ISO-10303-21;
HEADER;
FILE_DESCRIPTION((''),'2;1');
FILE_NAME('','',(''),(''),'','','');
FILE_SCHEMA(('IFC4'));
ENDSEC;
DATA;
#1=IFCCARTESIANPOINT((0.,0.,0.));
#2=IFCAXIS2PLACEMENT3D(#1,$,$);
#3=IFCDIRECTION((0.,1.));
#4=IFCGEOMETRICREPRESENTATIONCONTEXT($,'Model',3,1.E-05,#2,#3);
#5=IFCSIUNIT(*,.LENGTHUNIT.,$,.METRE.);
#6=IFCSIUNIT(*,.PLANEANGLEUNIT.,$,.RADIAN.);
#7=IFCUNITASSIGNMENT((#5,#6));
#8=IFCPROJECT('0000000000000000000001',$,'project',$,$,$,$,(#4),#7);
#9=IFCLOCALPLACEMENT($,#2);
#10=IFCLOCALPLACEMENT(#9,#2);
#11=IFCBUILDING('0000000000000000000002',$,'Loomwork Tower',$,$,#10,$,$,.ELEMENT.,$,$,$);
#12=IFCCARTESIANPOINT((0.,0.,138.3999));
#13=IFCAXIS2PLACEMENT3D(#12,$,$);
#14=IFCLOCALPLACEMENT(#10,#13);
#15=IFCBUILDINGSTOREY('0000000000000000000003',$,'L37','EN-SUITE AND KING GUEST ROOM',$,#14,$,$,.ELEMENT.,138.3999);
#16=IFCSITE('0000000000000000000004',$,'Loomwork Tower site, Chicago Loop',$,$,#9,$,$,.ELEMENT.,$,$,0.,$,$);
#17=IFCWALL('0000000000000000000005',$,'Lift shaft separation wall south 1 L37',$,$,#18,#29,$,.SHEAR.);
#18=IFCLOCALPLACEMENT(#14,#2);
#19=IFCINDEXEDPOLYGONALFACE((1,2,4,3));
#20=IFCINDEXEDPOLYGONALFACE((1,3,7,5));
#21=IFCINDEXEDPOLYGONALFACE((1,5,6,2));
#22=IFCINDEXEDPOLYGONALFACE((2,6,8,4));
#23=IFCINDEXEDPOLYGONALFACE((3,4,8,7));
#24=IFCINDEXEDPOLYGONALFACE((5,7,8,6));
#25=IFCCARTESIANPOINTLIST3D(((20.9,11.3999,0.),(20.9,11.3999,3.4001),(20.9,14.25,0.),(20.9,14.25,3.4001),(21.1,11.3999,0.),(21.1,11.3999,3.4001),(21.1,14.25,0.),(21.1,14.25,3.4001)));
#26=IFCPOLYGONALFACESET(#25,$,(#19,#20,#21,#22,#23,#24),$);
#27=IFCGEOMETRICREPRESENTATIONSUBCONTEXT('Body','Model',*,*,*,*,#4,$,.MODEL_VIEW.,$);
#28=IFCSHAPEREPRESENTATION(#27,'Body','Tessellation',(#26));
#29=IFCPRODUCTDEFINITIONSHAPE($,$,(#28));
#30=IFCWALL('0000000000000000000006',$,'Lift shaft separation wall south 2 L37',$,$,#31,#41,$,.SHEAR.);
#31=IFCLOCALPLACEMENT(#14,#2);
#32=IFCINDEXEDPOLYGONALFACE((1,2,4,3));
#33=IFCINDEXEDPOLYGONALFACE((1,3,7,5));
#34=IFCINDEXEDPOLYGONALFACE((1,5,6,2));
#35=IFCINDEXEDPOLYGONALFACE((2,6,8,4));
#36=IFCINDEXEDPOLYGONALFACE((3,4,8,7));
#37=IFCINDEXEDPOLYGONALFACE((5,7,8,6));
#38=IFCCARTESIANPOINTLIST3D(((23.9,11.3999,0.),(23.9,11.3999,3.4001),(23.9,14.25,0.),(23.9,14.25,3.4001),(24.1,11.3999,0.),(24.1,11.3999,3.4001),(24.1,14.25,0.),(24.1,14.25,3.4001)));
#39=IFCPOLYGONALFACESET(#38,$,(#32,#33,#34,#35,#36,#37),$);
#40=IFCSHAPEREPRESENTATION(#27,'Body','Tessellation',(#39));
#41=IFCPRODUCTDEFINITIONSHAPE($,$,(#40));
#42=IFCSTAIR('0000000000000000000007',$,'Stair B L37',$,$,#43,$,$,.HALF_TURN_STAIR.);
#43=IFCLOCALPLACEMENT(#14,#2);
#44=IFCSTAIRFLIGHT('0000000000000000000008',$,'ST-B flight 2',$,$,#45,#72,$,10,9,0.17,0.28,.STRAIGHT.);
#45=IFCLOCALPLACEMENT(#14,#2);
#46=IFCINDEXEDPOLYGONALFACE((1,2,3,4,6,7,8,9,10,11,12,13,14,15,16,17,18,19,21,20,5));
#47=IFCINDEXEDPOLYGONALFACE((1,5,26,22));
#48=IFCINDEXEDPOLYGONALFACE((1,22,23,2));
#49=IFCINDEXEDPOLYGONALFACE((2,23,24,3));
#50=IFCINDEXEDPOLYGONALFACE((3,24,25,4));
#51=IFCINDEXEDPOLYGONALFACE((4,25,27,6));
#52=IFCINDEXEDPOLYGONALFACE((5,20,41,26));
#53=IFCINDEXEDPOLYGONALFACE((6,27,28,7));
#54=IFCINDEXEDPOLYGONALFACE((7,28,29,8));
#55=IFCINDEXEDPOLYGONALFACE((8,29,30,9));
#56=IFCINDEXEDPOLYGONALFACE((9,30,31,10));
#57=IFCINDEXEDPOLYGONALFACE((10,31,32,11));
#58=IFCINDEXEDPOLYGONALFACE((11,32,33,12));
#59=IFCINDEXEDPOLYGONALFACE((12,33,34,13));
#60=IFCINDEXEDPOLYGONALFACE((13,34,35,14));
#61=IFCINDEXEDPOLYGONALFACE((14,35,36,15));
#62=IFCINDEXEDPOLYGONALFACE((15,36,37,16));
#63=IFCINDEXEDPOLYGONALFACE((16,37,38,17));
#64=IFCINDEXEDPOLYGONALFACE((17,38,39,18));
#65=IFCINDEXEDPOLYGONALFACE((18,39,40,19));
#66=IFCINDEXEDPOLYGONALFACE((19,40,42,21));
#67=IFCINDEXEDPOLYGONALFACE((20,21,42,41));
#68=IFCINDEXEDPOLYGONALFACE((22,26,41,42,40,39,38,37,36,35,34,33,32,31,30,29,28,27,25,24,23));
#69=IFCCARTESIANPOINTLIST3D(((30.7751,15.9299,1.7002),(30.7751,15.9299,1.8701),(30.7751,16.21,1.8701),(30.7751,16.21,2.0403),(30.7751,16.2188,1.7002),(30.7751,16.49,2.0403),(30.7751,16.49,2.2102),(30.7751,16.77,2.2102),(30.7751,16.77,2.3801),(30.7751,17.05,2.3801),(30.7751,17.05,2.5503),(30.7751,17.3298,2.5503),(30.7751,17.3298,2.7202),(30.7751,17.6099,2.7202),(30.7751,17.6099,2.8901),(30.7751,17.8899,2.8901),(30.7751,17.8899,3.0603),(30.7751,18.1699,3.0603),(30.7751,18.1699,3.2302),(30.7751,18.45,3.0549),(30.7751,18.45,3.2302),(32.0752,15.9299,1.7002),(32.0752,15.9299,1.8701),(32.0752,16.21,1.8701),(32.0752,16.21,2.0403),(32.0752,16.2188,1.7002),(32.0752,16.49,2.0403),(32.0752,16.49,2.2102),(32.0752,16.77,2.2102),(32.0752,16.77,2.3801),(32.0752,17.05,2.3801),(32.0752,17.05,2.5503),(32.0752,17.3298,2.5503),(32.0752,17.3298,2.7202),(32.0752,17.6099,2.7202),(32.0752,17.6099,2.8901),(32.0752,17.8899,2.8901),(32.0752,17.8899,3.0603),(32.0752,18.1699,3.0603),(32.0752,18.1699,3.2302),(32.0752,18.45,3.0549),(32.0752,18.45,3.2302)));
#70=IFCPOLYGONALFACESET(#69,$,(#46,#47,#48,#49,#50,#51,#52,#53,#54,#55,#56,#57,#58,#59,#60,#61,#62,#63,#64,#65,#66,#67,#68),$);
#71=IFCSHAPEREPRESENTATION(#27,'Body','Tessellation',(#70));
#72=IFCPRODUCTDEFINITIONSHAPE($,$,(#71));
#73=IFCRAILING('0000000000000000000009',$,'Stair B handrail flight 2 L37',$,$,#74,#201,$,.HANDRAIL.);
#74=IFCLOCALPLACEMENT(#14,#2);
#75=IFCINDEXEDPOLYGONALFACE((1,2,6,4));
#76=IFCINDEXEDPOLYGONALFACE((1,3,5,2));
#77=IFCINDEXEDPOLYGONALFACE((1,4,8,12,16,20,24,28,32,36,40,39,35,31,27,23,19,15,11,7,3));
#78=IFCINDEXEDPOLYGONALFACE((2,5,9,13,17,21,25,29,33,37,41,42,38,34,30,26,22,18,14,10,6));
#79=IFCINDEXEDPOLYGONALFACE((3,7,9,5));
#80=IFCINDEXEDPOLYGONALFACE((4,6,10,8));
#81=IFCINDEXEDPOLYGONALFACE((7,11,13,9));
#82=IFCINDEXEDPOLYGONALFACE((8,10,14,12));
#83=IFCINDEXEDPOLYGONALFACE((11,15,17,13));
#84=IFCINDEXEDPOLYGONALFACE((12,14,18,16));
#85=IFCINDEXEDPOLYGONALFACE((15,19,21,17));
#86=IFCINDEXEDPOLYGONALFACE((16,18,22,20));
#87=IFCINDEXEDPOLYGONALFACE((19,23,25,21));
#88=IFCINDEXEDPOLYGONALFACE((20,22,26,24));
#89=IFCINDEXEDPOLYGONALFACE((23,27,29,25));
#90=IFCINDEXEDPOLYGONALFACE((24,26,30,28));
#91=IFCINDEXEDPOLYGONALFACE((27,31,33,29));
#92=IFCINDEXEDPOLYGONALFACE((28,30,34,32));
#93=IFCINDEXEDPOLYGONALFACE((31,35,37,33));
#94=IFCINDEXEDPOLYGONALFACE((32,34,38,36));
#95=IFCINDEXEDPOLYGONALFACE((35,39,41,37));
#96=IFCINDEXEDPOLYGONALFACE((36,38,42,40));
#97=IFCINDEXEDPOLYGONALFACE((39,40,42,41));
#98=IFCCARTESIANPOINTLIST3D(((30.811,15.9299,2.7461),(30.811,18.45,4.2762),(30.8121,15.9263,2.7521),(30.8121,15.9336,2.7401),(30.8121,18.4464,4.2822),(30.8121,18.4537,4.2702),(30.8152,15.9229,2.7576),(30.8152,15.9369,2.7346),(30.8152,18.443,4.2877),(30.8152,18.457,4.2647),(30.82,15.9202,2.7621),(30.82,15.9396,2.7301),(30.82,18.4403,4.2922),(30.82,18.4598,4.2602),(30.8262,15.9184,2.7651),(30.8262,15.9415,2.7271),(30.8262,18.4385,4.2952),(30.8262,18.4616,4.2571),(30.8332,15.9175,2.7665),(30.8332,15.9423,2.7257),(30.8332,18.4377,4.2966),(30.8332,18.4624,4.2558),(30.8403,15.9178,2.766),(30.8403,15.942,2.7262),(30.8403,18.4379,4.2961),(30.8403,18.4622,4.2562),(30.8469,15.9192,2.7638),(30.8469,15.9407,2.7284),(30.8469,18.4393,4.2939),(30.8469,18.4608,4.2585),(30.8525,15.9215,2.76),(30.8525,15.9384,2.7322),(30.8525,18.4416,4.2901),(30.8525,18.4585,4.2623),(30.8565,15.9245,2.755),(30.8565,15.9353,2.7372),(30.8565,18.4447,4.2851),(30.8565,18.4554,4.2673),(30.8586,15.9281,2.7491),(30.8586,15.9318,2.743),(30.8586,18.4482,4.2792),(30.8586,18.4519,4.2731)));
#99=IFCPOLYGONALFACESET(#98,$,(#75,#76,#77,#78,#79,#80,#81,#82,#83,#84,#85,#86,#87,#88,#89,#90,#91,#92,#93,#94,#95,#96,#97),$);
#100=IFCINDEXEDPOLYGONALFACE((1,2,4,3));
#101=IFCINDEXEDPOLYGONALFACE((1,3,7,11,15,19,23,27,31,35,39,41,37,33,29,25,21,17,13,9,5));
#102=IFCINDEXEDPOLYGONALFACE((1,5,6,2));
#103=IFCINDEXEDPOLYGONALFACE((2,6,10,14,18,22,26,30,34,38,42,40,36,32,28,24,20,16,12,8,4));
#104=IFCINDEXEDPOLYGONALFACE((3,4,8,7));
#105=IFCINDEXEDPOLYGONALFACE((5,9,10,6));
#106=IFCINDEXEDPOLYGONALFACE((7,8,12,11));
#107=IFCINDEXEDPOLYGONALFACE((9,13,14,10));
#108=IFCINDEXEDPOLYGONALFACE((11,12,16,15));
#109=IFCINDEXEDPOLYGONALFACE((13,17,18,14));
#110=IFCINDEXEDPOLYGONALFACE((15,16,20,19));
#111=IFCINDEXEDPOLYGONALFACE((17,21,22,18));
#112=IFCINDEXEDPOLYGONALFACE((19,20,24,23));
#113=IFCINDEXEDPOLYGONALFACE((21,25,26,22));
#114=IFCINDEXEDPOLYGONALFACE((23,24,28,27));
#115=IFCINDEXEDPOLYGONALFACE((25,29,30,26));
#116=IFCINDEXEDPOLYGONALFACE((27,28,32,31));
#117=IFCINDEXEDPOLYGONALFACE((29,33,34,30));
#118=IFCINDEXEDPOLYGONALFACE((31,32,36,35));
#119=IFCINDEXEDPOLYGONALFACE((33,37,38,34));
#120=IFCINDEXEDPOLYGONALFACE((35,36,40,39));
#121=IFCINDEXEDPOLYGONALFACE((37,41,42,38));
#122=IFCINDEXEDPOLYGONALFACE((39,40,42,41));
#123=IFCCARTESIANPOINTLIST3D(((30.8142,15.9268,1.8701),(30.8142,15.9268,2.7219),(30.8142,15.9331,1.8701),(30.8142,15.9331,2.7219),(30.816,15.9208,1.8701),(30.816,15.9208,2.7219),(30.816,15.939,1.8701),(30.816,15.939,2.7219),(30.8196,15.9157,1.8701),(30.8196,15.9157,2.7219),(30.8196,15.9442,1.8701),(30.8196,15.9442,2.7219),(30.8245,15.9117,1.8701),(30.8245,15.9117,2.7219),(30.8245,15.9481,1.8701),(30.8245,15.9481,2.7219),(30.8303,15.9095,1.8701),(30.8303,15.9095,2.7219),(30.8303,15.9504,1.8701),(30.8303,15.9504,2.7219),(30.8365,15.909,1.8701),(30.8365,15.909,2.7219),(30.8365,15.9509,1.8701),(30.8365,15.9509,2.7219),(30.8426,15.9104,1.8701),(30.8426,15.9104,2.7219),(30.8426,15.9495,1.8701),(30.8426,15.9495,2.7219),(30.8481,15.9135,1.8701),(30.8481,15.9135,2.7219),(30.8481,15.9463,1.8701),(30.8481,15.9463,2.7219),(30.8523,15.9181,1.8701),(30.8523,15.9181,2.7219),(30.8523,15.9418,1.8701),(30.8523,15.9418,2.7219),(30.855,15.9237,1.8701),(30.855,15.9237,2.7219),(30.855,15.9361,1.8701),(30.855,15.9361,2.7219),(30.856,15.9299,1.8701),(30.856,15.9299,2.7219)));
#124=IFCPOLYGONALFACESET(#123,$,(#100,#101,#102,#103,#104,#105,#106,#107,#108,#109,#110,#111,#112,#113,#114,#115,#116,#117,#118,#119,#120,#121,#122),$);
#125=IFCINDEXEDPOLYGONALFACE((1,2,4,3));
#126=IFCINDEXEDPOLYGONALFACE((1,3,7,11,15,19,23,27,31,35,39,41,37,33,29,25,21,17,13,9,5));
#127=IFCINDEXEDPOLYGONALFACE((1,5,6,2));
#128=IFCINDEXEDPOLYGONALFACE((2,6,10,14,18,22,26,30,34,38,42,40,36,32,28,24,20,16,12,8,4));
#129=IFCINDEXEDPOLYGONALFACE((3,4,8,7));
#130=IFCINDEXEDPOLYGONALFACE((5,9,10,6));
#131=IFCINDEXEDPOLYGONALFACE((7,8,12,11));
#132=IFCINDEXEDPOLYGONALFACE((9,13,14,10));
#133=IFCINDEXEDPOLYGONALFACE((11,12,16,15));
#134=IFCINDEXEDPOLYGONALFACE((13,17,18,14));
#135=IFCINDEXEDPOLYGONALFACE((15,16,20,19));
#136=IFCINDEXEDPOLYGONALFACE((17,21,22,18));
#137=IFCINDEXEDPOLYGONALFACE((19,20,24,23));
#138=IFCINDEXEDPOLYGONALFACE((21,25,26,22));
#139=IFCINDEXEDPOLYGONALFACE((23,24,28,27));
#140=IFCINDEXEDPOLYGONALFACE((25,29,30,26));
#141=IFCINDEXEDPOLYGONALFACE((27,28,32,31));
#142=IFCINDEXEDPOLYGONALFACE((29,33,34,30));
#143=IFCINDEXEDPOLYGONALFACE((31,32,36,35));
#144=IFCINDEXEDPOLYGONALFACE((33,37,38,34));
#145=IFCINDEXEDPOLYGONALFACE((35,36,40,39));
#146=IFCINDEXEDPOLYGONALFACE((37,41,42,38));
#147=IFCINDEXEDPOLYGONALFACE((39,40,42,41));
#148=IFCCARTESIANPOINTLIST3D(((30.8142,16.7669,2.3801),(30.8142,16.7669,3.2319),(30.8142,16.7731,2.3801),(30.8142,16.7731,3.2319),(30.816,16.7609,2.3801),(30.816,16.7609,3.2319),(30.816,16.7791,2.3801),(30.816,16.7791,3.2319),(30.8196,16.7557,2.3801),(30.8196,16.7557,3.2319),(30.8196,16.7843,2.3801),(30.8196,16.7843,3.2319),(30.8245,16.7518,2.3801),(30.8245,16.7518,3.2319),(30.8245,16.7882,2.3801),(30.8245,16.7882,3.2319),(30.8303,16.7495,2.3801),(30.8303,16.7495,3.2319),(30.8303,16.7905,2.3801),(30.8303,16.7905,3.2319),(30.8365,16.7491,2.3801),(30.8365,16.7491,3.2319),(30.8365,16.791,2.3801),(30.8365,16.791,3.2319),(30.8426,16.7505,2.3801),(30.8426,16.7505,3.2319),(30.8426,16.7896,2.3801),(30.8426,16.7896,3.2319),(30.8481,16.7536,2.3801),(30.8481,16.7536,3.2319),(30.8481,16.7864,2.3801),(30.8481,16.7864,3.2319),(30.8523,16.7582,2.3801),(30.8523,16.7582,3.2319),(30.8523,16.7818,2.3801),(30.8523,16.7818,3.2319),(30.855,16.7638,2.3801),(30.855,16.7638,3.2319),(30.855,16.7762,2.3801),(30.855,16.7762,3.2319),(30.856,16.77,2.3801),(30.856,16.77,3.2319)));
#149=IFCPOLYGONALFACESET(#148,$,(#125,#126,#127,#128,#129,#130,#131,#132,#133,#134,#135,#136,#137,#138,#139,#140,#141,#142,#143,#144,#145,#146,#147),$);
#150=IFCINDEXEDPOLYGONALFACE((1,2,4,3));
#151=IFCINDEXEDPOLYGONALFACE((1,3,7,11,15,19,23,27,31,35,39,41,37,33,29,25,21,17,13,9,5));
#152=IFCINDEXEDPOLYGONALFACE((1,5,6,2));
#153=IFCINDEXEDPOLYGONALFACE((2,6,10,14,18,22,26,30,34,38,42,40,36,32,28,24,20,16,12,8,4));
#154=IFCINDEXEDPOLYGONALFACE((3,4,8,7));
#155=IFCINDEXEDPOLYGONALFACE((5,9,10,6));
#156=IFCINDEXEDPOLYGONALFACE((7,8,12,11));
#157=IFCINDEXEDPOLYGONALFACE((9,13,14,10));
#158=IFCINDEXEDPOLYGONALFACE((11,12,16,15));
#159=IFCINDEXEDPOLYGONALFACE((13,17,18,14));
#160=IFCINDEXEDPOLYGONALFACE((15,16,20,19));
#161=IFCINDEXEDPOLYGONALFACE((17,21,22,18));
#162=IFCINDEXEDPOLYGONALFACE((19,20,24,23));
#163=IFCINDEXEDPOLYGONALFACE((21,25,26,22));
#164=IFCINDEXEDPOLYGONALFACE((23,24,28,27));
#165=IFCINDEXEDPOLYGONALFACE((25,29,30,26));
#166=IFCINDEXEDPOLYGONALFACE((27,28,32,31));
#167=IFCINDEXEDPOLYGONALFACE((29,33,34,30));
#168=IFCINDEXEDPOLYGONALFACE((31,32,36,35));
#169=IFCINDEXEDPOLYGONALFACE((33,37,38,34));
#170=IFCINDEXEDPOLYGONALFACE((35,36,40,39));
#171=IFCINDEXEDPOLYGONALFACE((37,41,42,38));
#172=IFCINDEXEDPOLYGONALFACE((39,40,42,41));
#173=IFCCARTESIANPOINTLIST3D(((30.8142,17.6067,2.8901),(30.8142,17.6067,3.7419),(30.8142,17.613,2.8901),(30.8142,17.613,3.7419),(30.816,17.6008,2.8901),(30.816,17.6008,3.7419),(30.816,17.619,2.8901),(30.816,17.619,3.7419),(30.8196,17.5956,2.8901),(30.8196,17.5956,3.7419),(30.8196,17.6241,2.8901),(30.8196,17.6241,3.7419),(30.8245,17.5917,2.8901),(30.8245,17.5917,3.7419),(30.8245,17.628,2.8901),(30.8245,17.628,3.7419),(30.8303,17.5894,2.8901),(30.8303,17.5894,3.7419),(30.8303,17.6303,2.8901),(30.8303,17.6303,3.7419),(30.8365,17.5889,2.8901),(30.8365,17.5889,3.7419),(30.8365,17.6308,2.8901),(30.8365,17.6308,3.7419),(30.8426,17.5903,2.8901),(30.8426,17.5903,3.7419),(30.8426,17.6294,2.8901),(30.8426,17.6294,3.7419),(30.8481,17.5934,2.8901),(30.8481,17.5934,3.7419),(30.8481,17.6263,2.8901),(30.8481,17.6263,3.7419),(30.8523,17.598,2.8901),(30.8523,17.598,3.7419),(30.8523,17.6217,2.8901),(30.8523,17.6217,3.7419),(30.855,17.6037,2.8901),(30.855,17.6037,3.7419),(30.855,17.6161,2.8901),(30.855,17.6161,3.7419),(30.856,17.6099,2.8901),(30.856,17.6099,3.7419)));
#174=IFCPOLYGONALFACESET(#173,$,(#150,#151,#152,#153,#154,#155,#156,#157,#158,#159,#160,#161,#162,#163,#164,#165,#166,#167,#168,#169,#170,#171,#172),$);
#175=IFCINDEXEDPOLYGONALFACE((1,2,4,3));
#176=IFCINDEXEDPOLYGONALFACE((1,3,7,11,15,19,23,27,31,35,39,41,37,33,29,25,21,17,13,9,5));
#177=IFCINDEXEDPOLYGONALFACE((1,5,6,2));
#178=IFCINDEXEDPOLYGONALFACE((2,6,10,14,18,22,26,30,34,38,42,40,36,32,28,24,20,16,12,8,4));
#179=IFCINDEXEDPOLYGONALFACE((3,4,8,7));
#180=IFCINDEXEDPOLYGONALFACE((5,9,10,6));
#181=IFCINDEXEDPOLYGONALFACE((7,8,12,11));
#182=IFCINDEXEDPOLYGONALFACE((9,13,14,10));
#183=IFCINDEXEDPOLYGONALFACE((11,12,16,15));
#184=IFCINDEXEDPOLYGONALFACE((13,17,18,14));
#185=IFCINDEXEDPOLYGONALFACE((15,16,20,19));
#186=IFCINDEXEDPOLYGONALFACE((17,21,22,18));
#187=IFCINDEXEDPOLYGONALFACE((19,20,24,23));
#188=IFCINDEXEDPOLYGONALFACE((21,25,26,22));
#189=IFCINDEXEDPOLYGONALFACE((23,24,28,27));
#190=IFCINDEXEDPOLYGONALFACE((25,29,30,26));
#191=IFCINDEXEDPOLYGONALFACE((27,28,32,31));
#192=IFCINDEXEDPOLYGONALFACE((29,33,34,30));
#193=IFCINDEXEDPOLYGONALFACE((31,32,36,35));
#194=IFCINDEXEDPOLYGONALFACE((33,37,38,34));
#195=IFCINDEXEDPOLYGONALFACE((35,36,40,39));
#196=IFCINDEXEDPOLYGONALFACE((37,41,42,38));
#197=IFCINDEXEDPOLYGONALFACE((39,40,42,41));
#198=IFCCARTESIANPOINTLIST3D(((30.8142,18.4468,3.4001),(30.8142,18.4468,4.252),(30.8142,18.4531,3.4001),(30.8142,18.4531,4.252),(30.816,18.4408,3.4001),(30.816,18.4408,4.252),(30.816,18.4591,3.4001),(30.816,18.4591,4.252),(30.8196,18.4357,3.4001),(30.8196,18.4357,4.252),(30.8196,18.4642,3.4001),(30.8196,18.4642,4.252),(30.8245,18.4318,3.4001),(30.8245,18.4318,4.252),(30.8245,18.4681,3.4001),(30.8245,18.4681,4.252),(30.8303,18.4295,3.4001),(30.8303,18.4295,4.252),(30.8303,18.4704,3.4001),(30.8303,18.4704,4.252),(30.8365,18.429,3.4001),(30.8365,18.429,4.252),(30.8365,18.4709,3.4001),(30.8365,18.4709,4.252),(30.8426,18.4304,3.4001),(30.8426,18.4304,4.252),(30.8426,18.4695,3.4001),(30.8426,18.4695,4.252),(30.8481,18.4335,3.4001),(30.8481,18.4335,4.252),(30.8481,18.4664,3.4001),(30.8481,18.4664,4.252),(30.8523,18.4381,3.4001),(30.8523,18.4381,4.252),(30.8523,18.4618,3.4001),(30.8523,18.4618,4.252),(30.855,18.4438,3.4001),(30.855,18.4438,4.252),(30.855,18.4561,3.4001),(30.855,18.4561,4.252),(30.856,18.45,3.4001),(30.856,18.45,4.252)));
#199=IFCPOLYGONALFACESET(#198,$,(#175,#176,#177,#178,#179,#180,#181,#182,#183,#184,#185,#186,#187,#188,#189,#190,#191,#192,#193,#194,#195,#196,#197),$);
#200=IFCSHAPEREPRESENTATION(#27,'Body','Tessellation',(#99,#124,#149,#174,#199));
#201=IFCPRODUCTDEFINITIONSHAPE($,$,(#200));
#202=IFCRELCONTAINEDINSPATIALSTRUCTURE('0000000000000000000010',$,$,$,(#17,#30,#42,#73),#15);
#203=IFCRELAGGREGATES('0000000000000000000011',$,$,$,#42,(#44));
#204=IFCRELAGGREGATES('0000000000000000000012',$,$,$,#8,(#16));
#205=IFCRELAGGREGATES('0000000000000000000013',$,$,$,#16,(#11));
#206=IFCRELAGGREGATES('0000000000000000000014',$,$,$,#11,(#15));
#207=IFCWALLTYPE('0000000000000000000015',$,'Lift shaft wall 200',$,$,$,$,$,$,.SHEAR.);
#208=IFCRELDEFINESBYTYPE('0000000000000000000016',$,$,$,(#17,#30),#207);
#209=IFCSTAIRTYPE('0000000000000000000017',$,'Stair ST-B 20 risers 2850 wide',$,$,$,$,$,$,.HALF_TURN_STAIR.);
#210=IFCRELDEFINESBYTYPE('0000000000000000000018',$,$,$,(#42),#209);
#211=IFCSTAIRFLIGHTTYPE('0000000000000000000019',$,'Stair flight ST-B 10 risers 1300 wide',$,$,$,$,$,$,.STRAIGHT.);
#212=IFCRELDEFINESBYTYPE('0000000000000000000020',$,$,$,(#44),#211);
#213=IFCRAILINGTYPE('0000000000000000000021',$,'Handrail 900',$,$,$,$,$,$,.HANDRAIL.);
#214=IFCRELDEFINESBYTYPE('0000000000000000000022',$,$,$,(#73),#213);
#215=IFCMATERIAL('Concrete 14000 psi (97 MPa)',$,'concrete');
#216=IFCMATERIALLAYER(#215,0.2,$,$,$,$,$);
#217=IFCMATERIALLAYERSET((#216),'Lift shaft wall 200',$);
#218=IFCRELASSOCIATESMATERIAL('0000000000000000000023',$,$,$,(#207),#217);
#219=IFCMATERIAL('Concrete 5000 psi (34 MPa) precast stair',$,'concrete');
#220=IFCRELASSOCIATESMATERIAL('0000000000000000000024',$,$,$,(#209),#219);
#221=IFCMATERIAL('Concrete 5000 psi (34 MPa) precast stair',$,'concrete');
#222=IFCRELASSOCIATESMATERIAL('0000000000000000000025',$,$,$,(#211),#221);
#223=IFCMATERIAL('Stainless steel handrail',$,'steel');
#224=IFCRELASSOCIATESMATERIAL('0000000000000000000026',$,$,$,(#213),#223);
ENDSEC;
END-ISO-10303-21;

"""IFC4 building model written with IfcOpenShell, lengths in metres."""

from ifc_helpers import new_model, si_unit, direction, frame, frame_2d, origin, origin_2d, place, context, subcontext, project, spatial, polyline, rectangle, circle, outline, extrude, material, layer, layer_set, type_object, element, aggregate, save


model = new_model("IFC4")

# Units and contexts
model_context = context("Model", 3, precision=1e-05, world=origin(), true_north=direction((0.0, 1.0)))
body_context = subcontext(model_context, "Body", "Model", "MODEL_VIEW")
ifc_project = project(units=[si_unit("LENGTHUNIT", "METRE"), si_unit("PLANEANGLEUNIT", "RADIAN")], contexts=[model_context])

# Site, building, storey
site_placement = place(None, origin())
site = spatial("IfcSite", under=ifc_project, at=site_placement, Name="Loomwork Tower site, Chicago Loop", CompositionType="ELEMENT", RefElevation=0.0)
building_placement = place(site_placement, origin())
building = spatial("IfcBuilding", under=site, at=building_placement, Name="Loomwork Tower", CompositionType="ELEMENT")
storey_placement = place(building_placement, frame((0.0, 0.0, 138.3999)))
storey = spatial("IfcBuildingStorey", under=building, at=storey_placement, Name="L37", Description="EN-SUITE AND KING GUEST ROOM", CompositionType="ELEMENT", Elevation=138.3999)

# Walls
ifc_material_1 = material(Name="Concrete 14000 psi (97 MPa)", Category="concrete")
ifc_layer_1 = layer(ifc_material_1, 0.2)
ifc_layer_set_1 = layer_set([ifc_layer_1], Name="Lift shaft wall 200")
wall_type_1 = type_object("IfcWallType", Name="Lift shaft wall 200", PredefinedType="SHEAR", material=ifc_layer_set_1)
for number, where, z_axis, x_axis, name in (
    (1, (21.0, 11.3999, 0.0), (0.0, 0.0, 1.0), (0.0, 1.0, 0.0), "Lift shaft separation wall south 1 L37"),
    (2, (24.0, 11.3999, 0.0), (0.0, 0.0, 1.0), (0.0, 1.0, 0.0), "Lift shaft separation wall south 2 L37"),
):
    element("IfcWall", number, at=place(storey_placement, frame(where, z_axis=z_axis, x_axis=x_axis)), inside=storey, type_object=wall_type_1, Name=name, PredefinedType="SHEAR", context=body_context, shape_type="SweptSolid", body=[
        extrude(rectangle(XDim=2.8501, YDim=0.2, at=frame_2d((1.425, 0.0))), origin(), (0.0, 0.0, 1.0), 3.4001),
    ])

# Stair, stair flight
ifc_material_2 = material(Name="Concrete 5000 psi (34 MPa) precast stair", Category="concrete")
stair_type = type_object("IfcStairType", Name="Stair ST-B 20 risers 2850 wide", PredefinedType="HALF_TURN_STAIR", material=ifc_material_2)
stair_placement = place(storey_placement, origin())
stair = element("IfcStair", 3, at=stair_placement, inside=storey, type_object=stair_type, Name="Stair B L37", PredefinedType="HALF_TURN_STAIR")
ifc_material_3 = material(Name="Concrete 5000 psi (34 MPa) precast stair", Category="concrete")
stair_flight_type = type_object("IfcStairFlightType", Name="Stair flight ST-B 10 risers 1300 wide", PredefinedType="STRAIGHT", material=ifc_material_3)
stair_flight_placement = place(storey_placement, frame((31.425, 15.9299, 1.7002), z_axis=(0.0, 0.0, 1.0), x_axis=(0.0, 1.0, 0.0)))
stair_flight = element("IfcStairFlight", 4, at=stair_flight_placement, type_object=stair_flight_type, Name="ST-B flight 2", NumberOfRisers=10, NumberOfTreads=9, PredefinedType="STRAIGHT", RiserHeight=0.17, TreadLength=0.28, context=body_context, shape_type="SweptSolid", body=[
    extrude(outline(polyline([(0.0, 0.0), (0.0, 0.1699), (0.28, 0.1699), (0.28, 0.3401), (0.5601, 0.3401), (0.5601, 0.51), (0.8401, 0.51), (0.8401, 0.6799), (1.1201, 0.6799), (1.1201, 0.8501), (1.3999, 0.8501), (1.3999, 1.02), (1.6799, 1.02), (1.6799, 1.1899), (1.96, 1.1899), (1.96, 1.3601), (2.24, 1.3601), (2.24, 1.53), (2.52, 1.53), (2.52, 1.7), (2.52, 1.3547), (0.2888, 0.0), (0.0, 0.0)])), frame((0.0, 0.6499, 0.0), z_axis=(0.0, -1.0, 0.0), x_axis=(1.0, 0.0, 0.0)), (0.0, 0.0, 1.0), 1.3),
])
aggregate(stair, [stair_flight])

# Railing
ifc_material_4 = material(Name="Stainless steel handrail", Category="steel")
railing_type = type_object("IfcRailingType", Name="Handrail 900", PredefinedType="HANDRAIL", material=ifc_material_4)
railing_placement = place(storey_placement, frame((30.835, 15.9299, 1.8701)))
element("IfcRailing", 5, at=railing_placement, inside=storey, type_object=railing_type, Name="Stair B handrail flight 2 L37", PredefinedType="HANDRAIL", context=body_context, shape_type="SweptSolid", body=[
    extrude(circle(Radius=0.0239, at=origin_2d()), frame((0.0, 0.0, 0.876), z_axis=(0.0, 0.854785, 0.518982), x_axis=(-1.0, 0.0, 0.0)), (0.0, 0.0, 1.0), 2.9482),
    extrude(circle(Radius=0.021, at=origin_2d()), origin(), (0.0, 0.0, 1.0), 0.8518),
    extrude(circle(Radius=0.021, at=origin_2d()), frame((0.0, 0.8401, 0.51)), (0.0, 0.0, 1.0), 0.8518),
    extrude(circle(Radius=0.021, at=origin_2d()), frame((0.0, 1.6799, 1.02)), (0.0, 0.0, 1.0), 0.8518),
    extrude(circle(Radius=0.021, at=origin_2d()), frame((0.0, 2.52, 1.53)), (0.0, 0.0, 1.0), 0.8518),
])

save(model, "model.ifc")
